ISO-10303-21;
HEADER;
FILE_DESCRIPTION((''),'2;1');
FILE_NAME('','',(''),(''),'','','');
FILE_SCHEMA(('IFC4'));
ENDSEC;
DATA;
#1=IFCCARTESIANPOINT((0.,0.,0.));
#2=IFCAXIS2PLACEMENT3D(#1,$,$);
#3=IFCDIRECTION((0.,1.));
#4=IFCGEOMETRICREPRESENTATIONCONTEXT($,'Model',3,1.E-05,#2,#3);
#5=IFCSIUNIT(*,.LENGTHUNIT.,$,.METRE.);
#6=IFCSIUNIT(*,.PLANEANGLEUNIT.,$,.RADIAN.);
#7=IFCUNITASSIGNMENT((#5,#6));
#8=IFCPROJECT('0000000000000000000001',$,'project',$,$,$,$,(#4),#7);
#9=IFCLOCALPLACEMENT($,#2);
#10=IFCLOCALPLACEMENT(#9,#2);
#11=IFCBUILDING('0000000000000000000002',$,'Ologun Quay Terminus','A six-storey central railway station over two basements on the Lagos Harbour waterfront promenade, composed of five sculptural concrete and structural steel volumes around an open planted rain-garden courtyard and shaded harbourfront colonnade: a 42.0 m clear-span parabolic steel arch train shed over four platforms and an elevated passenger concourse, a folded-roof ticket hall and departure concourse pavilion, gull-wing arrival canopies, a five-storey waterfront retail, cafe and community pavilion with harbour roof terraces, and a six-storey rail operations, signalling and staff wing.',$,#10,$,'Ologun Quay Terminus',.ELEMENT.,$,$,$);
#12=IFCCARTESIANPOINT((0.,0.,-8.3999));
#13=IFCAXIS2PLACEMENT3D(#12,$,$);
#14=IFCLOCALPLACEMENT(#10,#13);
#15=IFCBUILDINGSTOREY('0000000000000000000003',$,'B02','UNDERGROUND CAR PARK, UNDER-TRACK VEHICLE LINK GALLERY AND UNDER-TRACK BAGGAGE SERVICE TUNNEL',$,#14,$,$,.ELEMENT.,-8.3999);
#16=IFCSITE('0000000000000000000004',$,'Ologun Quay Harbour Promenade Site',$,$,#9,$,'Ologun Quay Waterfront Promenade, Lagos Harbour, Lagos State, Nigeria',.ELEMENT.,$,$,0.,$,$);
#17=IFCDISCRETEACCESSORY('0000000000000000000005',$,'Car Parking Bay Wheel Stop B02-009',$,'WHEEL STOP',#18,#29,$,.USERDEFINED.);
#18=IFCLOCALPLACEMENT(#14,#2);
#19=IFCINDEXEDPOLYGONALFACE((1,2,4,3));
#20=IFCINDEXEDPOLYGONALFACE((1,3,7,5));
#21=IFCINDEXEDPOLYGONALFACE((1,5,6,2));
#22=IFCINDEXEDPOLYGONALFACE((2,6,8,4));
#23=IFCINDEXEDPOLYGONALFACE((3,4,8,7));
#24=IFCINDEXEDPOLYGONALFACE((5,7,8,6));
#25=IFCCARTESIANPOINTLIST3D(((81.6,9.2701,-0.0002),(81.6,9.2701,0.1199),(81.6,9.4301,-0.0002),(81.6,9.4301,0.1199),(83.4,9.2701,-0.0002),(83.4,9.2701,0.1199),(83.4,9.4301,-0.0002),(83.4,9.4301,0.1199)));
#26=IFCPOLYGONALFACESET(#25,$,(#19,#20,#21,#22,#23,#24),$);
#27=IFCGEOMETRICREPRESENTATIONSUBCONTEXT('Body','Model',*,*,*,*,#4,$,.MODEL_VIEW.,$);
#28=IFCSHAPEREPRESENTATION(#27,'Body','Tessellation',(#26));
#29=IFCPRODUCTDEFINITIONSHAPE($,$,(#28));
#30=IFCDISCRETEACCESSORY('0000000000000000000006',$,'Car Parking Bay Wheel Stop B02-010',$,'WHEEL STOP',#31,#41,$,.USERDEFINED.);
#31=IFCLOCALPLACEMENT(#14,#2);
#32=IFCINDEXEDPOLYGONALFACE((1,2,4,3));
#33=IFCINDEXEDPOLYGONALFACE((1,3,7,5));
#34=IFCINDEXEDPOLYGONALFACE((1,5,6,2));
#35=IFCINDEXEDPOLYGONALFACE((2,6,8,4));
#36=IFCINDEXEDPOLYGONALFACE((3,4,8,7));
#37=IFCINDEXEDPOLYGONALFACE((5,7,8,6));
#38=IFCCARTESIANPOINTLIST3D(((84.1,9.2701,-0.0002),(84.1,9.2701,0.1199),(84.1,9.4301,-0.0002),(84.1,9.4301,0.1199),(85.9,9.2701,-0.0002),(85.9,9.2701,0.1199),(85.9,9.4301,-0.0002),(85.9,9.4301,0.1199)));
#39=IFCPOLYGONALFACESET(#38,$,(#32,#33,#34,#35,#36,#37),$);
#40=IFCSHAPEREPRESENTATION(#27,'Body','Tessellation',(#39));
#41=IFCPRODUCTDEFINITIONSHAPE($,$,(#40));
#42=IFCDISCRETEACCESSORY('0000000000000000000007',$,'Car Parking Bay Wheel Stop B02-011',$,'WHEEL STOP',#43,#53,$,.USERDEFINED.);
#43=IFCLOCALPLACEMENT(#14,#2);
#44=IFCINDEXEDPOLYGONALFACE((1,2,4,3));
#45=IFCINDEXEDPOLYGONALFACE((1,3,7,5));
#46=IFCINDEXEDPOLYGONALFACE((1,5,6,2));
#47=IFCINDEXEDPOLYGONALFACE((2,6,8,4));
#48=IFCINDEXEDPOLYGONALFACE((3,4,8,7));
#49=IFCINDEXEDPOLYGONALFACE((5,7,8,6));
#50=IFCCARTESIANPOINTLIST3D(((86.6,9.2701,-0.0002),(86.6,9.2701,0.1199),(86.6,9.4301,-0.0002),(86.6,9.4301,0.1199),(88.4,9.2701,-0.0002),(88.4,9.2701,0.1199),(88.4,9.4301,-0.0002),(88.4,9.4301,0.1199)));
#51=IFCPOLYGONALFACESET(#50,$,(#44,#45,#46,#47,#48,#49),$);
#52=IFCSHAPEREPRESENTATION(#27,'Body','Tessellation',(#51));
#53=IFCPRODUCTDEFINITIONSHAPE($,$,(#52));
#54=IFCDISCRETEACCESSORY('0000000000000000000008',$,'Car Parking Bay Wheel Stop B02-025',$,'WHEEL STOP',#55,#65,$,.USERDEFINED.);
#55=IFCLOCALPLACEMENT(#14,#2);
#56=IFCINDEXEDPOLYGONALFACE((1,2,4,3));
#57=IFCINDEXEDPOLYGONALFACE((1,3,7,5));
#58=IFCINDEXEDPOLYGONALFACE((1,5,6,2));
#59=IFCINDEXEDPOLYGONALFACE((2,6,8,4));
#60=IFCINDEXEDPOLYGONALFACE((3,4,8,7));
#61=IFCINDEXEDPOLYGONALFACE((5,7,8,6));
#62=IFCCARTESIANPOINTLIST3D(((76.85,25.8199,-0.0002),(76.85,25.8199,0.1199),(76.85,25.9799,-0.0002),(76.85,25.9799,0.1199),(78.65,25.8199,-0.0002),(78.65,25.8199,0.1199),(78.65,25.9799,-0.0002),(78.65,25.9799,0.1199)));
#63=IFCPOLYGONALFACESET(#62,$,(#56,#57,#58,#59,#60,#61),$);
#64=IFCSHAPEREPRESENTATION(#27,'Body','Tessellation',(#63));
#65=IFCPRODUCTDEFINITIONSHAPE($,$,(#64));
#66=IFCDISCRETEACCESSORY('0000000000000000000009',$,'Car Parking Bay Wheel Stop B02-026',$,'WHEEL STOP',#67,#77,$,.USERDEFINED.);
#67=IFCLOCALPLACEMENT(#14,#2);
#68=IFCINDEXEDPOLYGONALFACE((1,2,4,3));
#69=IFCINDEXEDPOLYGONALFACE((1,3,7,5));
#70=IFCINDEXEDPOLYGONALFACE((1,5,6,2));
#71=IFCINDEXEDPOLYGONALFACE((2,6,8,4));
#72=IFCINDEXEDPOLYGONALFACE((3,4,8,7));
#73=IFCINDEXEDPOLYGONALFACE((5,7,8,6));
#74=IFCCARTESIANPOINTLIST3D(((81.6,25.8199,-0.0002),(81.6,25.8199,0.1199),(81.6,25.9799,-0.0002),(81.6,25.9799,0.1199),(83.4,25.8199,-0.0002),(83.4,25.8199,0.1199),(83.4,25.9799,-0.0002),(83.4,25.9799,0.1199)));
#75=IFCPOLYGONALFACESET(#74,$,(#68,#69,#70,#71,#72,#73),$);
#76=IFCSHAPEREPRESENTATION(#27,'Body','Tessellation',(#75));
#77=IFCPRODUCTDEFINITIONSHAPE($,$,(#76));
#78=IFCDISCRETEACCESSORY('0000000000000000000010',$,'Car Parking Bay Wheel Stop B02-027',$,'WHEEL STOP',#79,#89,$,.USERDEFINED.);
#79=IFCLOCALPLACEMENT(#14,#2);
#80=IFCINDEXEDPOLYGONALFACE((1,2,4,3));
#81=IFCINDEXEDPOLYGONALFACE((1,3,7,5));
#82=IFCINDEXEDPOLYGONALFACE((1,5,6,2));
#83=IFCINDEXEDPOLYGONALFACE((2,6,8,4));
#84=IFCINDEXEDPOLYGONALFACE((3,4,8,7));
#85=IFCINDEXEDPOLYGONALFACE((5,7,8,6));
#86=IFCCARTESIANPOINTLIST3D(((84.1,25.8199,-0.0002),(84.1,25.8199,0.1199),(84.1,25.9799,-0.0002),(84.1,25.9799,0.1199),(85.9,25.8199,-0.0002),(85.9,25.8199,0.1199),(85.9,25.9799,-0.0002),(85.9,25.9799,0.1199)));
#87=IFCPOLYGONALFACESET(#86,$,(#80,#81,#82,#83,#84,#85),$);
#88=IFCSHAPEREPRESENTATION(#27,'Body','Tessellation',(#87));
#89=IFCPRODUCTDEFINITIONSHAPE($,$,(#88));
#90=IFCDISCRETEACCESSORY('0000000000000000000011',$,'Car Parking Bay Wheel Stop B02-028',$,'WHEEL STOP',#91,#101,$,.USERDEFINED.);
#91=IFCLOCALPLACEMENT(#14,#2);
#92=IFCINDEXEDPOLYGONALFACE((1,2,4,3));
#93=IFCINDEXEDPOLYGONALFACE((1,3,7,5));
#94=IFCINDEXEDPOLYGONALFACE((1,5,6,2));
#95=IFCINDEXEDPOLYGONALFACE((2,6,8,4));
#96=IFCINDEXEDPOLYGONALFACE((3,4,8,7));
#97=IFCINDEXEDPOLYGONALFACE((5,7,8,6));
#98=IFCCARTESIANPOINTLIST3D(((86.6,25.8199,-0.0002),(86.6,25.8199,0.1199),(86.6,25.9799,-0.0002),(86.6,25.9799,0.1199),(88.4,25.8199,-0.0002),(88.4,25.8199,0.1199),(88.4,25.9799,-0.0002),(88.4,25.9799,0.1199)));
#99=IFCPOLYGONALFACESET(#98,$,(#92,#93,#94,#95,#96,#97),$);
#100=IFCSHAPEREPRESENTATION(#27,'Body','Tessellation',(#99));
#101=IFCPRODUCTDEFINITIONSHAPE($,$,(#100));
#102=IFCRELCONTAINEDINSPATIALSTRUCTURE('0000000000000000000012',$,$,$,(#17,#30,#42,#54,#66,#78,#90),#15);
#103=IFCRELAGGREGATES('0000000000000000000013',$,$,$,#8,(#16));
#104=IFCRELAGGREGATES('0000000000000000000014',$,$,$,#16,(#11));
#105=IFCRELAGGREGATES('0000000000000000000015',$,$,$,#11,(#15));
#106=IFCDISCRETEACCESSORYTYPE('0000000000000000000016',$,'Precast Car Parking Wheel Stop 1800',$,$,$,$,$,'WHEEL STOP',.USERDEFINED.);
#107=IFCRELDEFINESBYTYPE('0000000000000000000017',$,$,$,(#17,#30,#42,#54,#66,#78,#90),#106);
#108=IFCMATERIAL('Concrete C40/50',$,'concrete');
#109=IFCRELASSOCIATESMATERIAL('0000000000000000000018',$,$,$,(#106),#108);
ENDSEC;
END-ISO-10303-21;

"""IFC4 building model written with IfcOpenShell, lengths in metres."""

from ifc_helpers import new_model, si_unit, direction, frame, origin, origin_2d, place, context, subcontext, project, spatial, rectangle, extrude, material, type_object, element, save


model = new_model("IFC4")

# Units and contexts
model_context = context("Model", 3, precision=1e-05, world=origin(), true_north=direction((0.0, 1.0)))
body_context = subcontext(model_context, "Body", "Model", "MODEL_VIEW")
ifc_project = project(units=[si_unit("LENGTHUNIT", "METRE"), si_unit("PLANEANGLEUNIT", "RADIAN")], contexts=[model_context])

# Site, building, storey
site_placement = place(None, origin())
site = spatial("IfcSite", under=ifc_project, at=site_placement, Name="Ologun Quay Harbour Promenade Site", LongName="Ologun Quay Waterfront Promenade, Lagos Harbour, Lagos State, Nigeria", CompositionType="ELEMENT", RefElevation=0.0)
building_placement = place(site_placement, origin())
building = spatial("IfcBuilding", under=site, at=building_placement, Name="Ologun Quay Terminus", Description="A six-storey central railway station over two basements on the Lagos Harbour waterfront promenade, composed of five sculptural concrete and structural steel volumes around an open planted rain-garden courtyard and shaded harbourfront colonnade: a 42.0 m clear-span parabolic steel arch train shed over four platforms and an elevated passenger concourse, a folded-roof ticket hall and departure concourse pavilion, gull-wing arrival canopies, a five-storey waterfront retail, cafe and community pavilion with harbour roof terraces, and a six-storey rail operations, signalling and staff wing.", LongName="Ologun Quay Terminus", CompositionType="ELEMENT")
storey_placement = place(building_placement, frame((0.0, 0.0, -8.3999)))
storey = spatial("IfcBuildingStorey", under=building, at=storey_placement, Name="B02", Description="UNDERGROUND CAR PARK, UNDER-TRACK VEHICLE LINK GALLERY AND UNDER-TRACK BAGGAGE SERVICE TUNNEL", CompositionType="ELEMENT", Elevation=-8.3999)

# Discrete accessories
ifc_material_1 = material(Name="Concrete C40/50", Category="concrete")
discrete_accessory_type = type_object("IfcDiscreteAccessoryType", Name="Precast Car Parking Wheel Stop 1800", ElementType="WHEEL STOP", PredefinedType="USERDEFINED", material=ifc_material_1)
for number, where, z_axis, x_axis, name in (
    (1, (82.5, 9.3501, -0.0002), (0.0, 0.0, 1.0), (1.0, 0.0, 0.0), "Car Parking Bay Wheel Stop B02-009"),
    (2, (85.0, 9.3501, -0.0002), (0.0, 0.0, 1.0), (1.0, 0.0, 0.0), "Car Parking Bay Wheel Stop B02-010"),
    (3, (87.5, 9.3501, -0.0002), (0.0, 0.0, 1.0), (1.0, 0.0, 0.0), "Car Parking Bay Wheel Stop B02-011"),
    (4, (77.75, 25.8999, -0.0002), (0.0, 0.0, 1.0), (1.0, 0.0, 0.0), "Car Parking Bay Wheel Stop B02-025"),
    (5, (82.5, 25.8999, -0.0002), (0.0, 0.0, 1.0), (1.0, 0.0, 0.0), "Car Parking Bay Wheel Stop B02-026"),
    (6, (85.0, 25.8999, -0.0002), (0.0, 0.0, 1.0), (1.0, 0.0, 0.0), "Car Parking Bay Wheel Stop B02-027"),
    (7, (87.5, 25.8999, -0.0002), (0.0, 0.0, 1.0), (1.0, 0.0, 0.0), "Car Parking Bay Wheel Stop B02-028"),
):
    element("IfcDiscreteAccessory", number, at=place(storey_placement, frame(where, z_axis=z_axis, x_axis=x_axis)), inside=storey, type_object=discrete_accessory_type, Name=name, ObjectType="WHEEL STOP", PredefinedType="USERDEFINED", context=body_context, shape_type="SweptSolid", body=[
        extrude(rectangle(XDim=1.8, YDim=0.1599, at=origin_2d()), origin(), (0.0, 0.0, 1.0), 0.1201),
    ])

save(model, "model.ifc")
